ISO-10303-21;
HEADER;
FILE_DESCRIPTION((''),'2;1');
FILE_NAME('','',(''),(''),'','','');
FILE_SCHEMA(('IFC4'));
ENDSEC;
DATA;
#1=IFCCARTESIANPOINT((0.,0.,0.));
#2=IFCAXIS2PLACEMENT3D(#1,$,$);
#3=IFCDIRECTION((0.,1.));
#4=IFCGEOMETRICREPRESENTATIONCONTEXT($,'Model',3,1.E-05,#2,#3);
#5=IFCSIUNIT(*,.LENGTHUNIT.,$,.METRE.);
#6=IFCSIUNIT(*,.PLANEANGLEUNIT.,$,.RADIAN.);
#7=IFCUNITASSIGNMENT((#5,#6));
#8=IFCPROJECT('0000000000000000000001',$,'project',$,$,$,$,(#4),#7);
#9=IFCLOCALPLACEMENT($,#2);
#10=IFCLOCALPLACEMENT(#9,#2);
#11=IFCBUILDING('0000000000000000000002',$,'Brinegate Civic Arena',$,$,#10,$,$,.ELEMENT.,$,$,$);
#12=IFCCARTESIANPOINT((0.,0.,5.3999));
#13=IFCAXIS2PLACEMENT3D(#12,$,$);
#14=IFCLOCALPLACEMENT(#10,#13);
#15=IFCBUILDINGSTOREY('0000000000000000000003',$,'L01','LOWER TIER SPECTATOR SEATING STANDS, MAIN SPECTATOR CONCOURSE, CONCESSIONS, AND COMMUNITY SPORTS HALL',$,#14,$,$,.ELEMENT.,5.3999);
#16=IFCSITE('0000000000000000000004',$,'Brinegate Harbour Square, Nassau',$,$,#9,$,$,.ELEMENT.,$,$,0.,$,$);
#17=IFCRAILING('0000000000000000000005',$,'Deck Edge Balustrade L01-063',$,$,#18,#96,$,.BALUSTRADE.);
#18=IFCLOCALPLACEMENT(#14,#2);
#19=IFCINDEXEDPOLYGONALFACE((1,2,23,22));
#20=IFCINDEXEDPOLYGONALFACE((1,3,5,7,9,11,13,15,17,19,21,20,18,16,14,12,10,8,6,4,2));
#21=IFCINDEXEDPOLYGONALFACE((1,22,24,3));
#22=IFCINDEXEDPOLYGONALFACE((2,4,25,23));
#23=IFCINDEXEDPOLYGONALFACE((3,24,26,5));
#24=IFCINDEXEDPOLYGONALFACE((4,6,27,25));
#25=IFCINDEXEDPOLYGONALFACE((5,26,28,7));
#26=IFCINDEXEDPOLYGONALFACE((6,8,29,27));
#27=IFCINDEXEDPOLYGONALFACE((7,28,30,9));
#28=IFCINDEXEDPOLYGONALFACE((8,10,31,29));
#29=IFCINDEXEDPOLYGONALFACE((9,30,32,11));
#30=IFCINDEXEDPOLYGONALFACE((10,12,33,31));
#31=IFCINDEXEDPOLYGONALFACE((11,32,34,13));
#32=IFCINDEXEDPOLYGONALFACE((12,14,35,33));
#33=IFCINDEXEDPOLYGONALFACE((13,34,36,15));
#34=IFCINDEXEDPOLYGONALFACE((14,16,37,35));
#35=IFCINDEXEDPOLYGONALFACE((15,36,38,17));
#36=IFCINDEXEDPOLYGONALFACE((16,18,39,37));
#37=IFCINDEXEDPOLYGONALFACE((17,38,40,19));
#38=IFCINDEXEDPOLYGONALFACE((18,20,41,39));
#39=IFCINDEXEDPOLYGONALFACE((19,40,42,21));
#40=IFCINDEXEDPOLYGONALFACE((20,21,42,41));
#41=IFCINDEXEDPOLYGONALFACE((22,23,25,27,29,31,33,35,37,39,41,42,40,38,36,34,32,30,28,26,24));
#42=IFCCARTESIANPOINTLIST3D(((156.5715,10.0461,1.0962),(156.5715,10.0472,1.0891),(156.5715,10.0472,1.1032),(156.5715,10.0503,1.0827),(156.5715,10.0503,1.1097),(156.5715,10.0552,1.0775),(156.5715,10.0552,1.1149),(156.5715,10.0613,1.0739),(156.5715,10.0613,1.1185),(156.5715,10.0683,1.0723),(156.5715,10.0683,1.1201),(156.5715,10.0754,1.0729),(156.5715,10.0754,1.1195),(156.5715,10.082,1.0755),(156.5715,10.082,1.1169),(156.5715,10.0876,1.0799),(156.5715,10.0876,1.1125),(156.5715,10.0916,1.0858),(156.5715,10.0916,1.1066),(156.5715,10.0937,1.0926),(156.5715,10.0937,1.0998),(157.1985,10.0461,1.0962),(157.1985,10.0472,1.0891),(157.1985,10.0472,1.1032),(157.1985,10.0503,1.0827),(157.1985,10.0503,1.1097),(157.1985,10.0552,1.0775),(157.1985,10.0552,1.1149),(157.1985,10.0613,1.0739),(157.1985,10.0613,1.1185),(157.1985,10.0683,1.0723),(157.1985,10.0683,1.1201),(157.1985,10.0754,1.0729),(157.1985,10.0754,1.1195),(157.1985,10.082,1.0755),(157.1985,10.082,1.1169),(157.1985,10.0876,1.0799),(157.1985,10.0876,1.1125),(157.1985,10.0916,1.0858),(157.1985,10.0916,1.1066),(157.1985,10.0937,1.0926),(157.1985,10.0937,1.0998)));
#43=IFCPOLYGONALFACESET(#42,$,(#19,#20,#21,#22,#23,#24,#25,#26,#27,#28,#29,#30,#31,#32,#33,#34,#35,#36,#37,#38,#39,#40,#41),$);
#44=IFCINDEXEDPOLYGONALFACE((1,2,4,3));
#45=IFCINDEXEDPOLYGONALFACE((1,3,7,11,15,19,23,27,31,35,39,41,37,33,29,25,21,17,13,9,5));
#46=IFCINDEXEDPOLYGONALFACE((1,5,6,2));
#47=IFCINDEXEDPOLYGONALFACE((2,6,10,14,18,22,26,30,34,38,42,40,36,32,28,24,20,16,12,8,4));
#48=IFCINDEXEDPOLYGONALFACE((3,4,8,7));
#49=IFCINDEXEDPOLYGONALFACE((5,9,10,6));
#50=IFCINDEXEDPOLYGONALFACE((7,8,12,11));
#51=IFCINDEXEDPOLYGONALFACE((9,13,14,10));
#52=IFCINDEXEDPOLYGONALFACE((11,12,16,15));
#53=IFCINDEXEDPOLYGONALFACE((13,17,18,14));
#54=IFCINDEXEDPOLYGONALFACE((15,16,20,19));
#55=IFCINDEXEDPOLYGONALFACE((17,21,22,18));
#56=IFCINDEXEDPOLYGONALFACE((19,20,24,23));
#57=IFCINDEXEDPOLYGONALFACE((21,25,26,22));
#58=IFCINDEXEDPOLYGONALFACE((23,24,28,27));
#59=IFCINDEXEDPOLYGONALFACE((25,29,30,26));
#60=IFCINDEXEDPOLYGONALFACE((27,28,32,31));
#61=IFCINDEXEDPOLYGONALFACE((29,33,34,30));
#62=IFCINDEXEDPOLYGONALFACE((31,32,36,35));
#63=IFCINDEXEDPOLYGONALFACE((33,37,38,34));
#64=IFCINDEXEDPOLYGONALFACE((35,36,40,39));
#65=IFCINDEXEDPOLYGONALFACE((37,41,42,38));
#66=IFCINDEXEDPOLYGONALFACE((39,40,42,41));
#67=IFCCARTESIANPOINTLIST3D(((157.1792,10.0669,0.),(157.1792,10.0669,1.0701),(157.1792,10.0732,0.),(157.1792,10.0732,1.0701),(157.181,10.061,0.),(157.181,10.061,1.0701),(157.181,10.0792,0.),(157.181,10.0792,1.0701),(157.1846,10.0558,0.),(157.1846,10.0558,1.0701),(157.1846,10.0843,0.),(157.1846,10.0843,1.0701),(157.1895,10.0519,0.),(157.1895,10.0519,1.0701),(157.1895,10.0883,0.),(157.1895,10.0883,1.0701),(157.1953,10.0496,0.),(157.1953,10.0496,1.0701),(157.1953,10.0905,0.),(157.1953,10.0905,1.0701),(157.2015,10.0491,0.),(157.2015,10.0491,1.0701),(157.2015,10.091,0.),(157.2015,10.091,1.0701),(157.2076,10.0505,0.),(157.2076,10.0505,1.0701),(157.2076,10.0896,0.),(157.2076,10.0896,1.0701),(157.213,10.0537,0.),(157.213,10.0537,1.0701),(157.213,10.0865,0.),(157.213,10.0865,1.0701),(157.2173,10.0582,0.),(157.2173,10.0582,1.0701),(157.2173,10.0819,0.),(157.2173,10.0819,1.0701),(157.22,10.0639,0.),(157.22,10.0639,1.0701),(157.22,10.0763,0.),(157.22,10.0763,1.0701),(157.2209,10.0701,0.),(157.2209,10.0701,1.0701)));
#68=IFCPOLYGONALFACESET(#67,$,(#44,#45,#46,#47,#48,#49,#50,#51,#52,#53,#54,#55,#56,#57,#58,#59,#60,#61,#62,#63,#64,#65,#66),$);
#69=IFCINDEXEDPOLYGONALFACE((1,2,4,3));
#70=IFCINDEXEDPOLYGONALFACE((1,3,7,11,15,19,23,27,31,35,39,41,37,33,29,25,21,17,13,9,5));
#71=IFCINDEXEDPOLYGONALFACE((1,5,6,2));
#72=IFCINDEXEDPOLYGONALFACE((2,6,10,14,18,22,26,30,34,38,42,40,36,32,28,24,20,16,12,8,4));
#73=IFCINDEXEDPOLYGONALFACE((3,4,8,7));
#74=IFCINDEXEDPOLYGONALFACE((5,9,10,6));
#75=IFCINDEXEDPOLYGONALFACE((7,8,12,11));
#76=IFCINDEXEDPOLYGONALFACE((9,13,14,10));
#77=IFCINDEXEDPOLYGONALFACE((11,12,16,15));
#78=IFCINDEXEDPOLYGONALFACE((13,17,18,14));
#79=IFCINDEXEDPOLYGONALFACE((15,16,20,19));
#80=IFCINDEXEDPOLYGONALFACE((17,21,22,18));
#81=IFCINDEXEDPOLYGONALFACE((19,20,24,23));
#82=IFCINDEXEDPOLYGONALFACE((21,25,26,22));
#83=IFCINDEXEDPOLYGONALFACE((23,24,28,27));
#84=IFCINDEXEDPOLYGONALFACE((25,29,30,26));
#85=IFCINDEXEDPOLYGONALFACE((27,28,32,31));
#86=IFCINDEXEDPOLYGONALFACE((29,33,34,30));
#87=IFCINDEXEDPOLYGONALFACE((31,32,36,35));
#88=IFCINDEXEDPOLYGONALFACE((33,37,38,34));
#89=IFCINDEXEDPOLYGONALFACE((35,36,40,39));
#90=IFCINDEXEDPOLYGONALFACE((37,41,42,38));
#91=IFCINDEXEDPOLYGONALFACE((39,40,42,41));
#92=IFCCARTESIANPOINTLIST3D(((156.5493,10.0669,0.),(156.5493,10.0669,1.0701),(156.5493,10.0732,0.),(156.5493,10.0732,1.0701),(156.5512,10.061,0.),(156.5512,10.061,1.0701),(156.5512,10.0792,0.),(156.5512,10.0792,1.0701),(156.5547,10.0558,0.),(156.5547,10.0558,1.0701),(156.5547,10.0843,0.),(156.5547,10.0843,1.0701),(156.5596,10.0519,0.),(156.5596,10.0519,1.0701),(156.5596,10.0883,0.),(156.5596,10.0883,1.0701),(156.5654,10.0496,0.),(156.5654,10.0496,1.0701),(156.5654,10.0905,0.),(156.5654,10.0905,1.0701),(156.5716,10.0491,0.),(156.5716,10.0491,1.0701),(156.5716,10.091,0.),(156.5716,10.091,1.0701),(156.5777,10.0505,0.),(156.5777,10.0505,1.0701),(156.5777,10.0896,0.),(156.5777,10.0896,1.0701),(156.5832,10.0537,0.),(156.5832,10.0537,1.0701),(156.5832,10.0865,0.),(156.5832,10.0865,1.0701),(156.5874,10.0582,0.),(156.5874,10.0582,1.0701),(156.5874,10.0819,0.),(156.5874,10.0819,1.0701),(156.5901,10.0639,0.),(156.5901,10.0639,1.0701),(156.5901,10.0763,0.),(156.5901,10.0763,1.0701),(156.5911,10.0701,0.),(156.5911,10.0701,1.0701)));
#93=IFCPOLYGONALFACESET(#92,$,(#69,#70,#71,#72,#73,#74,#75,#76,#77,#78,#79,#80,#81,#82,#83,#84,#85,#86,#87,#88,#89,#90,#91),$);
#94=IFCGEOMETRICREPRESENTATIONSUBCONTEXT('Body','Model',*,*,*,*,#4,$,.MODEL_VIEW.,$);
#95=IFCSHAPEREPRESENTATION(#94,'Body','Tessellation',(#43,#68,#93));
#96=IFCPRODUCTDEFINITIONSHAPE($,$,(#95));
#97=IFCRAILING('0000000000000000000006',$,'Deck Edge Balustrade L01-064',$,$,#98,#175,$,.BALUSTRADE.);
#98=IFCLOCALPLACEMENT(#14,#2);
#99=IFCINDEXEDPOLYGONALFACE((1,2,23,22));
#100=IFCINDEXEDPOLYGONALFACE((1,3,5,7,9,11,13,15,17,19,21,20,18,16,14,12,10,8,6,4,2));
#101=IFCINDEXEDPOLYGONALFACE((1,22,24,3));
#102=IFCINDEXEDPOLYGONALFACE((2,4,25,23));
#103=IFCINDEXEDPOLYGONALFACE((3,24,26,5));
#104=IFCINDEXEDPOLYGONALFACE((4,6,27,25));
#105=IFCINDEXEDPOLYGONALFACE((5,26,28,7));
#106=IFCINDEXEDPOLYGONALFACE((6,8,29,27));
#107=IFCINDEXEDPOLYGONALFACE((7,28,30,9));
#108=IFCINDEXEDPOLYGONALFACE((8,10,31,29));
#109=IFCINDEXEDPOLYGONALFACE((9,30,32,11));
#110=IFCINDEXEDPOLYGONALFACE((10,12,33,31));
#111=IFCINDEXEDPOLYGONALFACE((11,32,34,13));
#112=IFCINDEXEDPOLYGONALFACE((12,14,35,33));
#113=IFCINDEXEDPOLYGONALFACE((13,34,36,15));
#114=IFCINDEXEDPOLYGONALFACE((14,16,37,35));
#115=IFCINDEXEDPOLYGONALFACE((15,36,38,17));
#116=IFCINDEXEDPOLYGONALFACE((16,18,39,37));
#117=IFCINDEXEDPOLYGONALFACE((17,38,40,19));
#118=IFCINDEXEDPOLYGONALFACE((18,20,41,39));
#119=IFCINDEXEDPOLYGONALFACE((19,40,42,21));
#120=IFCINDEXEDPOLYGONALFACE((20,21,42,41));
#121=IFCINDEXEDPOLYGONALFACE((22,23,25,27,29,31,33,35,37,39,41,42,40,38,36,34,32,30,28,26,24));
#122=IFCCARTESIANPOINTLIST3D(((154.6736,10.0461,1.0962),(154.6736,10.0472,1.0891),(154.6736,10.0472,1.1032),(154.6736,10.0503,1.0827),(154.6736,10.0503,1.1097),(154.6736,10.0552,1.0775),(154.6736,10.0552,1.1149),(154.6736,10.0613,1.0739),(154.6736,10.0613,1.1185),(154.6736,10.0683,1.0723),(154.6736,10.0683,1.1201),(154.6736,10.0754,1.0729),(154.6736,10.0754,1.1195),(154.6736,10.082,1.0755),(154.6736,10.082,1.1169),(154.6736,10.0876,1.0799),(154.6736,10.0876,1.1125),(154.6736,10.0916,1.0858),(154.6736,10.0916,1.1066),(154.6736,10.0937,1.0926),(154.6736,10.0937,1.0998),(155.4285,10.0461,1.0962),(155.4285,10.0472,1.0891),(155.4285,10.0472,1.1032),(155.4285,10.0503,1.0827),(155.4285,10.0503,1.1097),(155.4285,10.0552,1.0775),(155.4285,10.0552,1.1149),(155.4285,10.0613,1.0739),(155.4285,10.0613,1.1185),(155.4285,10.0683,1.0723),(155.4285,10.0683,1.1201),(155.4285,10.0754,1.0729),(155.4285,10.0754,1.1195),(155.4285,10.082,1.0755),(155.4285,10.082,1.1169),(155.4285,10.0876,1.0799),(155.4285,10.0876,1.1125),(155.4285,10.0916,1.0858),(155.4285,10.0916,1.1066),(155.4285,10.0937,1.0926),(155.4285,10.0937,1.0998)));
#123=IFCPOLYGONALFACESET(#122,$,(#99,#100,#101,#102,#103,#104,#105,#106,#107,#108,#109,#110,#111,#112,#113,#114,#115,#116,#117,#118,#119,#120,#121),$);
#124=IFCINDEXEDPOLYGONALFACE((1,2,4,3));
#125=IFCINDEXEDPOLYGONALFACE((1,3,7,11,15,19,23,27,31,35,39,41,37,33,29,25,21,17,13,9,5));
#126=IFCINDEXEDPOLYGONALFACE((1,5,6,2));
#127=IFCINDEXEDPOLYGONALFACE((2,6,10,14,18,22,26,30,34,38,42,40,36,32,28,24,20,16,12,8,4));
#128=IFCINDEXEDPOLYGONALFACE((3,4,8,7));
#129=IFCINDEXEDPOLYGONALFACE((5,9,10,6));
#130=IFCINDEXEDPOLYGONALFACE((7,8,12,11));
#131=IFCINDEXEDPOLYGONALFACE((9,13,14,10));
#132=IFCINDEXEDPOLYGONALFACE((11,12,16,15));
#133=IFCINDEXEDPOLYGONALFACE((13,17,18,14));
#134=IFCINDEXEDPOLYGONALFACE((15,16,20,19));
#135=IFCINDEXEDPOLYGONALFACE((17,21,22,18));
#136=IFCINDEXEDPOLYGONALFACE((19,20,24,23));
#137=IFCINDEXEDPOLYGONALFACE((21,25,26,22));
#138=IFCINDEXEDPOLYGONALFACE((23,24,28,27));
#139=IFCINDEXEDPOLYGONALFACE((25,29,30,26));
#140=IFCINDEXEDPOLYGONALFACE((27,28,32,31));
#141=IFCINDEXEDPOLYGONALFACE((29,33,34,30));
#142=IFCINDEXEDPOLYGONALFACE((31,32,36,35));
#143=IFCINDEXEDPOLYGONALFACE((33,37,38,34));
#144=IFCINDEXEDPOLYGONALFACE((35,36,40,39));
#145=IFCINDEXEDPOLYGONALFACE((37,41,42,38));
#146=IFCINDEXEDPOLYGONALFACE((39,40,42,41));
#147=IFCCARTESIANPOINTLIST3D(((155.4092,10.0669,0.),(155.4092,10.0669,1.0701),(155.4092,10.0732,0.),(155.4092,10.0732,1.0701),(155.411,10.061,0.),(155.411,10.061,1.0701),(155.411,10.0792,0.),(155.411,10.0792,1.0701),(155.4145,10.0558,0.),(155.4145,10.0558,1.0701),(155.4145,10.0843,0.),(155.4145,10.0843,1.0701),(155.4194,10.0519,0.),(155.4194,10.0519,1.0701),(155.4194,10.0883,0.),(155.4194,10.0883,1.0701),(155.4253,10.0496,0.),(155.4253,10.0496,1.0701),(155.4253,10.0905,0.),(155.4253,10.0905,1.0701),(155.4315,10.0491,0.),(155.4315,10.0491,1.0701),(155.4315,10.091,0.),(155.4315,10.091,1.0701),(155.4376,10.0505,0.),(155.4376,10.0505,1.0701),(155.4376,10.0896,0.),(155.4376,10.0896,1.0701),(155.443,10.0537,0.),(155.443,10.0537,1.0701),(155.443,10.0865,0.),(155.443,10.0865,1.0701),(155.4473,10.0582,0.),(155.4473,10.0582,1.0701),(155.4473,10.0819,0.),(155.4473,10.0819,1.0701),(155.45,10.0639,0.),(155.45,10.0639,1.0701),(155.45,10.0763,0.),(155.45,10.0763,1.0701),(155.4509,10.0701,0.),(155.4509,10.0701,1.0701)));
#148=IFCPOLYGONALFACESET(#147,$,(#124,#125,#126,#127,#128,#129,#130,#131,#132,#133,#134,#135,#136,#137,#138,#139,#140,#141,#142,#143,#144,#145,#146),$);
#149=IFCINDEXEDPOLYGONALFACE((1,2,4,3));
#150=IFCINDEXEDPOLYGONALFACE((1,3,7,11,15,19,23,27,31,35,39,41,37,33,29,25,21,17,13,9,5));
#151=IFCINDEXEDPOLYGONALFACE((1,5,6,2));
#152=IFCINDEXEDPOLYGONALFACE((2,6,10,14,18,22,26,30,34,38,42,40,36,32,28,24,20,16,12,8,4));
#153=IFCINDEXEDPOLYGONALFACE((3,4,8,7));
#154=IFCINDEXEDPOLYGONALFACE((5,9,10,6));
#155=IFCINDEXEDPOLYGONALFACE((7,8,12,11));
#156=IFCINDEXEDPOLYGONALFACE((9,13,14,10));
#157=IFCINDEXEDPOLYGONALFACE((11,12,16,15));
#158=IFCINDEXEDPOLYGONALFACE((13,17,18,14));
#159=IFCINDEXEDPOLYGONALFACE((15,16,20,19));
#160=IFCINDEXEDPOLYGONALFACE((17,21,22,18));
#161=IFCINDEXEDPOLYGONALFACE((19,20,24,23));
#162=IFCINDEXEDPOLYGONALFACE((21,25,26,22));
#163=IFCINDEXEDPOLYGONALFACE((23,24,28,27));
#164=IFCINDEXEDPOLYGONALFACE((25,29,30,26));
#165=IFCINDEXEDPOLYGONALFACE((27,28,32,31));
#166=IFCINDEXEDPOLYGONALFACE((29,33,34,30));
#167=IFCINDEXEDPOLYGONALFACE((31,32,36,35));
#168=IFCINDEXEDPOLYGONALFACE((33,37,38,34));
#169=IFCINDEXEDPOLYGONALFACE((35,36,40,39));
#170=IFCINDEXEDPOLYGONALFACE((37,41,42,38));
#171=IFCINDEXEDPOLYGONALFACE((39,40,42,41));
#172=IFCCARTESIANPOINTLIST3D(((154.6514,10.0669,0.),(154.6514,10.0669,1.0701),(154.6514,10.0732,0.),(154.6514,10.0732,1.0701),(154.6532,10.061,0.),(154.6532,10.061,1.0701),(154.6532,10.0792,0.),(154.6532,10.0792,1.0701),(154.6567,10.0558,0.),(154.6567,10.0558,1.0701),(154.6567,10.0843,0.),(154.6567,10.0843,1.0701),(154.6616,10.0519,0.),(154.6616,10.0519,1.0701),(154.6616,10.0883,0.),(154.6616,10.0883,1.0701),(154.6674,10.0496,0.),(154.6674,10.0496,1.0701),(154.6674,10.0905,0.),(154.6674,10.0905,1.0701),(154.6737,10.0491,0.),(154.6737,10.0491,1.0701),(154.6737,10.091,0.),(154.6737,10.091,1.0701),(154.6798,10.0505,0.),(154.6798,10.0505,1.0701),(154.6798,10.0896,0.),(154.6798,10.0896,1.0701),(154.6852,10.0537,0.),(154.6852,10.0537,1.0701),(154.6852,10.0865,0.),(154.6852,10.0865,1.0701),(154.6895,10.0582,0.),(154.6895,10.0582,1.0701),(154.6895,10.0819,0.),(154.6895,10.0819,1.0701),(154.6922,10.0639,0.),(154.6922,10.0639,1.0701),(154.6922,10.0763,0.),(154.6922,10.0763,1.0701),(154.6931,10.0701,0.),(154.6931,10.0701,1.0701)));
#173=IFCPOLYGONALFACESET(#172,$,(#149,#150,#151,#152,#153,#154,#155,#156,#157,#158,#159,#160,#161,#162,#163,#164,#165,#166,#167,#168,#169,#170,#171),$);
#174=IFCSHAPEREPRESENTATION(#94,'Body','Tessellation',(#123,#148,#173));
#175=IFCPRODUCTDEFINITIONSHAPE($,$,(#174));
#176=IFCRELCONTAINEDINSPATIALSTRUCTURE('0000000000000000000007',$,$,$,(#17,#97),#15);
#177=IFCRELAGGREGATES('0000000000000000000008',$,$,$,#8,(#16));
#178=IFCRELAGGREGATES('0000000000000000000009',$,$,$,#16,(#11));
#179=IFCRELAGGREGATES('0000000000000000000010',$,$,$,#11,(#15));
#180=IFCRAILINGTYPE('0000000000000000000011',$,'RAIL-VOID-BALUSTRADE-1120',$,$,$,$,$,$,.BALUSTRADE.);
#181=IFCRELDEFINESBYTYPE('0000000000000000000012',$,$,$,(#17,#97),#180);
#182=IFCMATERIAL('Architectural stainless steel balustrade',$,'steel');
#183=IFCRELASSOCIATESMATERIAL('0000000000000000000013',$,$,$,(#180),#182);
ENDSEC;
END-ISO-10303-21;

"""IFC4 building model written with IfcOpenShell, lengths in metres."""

from ifc_helpers import new_model, si_unit, direction, frame, origin, origin_2d, place, context, subcontext, project, spatial, circle, extrude, material, type_object, element, save


model = new_model("IFC4")

# Units and contexts
model_context = context("Model", 3, precision=1e-05, world=origin(), true_north=direction((0.0, 1.0)))
body_context = subcontext(model_context, "Body", "Model", "MODEL_VIEW")
ifc_project = project(units=[si_unit("LENGTHUNIT", "METRE"), si_unit("PLANEANGLEUNIT", "RADIAN")], contexts=[model_context])

# Site, building, storey
site_placement = place(None, origin())
site = spatial("IfcSite", under=ifc_project, at=site_placement, Name="Brinegate Harbour Square, Nassau", CompositionType="ELEMENT", RefElevation=0.0)
building_placement = place(site_placement, origin())
building = spatial("IfcBuilding", under=site, at=building_placement, Name="Brinegate Civic Arena", CompositionType="ELEMENT")
storey_placement = place(building_placement, frame((0.0, 0.0, 5.3999)))
storey = spatial("IfcBuildingStorey", under=building, at=storey_placement, Name="L01", Description="LOWER TIER SPECTATOR SEATING STANDS, MAIN SPECTATOR CONCOURSE, CONCESSIONS, AND COMMUNITY SPORTS HALL", CompositionType="ELEMENT", Elevation=5.3999)

# Railings
ifc_material_1 = material(Name="Architectural stainless steel balustrade", Category="steel")
railing_type = type_object("IfcRailingType", Name="RAIL-VOID-BALUSTRADE-1120", PredefinedType="BALUSTRADE", material=ifc_material_1)
railing_1_placement = place(storey_placement, frame((157.2, 10.0701, 0.0)))
element("IfcRailing", 1, at=railing_1_placement, inside=storey, type_object=railing_type, Name="Deck Edge Balustrade L01-063", PredefinedType="BALUSTRADE", context=body_context, shape_type="SweptSolid", body=[
    extrude(circle(Radius=0.0239, at=origin_2d()), frame((-0.0015, 0.0, 1.0962), z_axis=(-1.0, 0.0, 0.0), x_axis=(0.0, -1.0, 0.0)), (0.0, 0.0, 1.0), 0.627),
    extrude(circle(Radius=0.021, at=origin_2d()), origin(), (0.0, 0.0, 1.0), 1.0701),
    extrude(circle(Radius=0.021, at=origin_2d()), frame((-0.6299, 0.0, 0.0)), (0.0, 0.0, 1.0), 1.0701),
])
railing_2_placement = place(storey_placement, frame((155.4299, 10.0701, 0.0)))
element("IfcRailing", 2, at=railing_2_placement, inside=storey, type_object=railing_type, Name="Deck Edge Balustrade L01-064", PredefinedType="BALUSTRADE", context=body_context, shape_type="SweptSolid", body=[
    extrude(circle(Radius=0.0239, at=origin_2d()), frame((-0.0015, 0.0, 1.0962), z_axis=(-1.0, 0.0, 0.0), x_axis=(0.0, -1.0, 0.0)), (0.0, 0.0, 1.0), 0.7549),
    extrude(circle(Radius=0.021, at=origin_2d()), origin(), (0.0, 0.0, 1.0), 1.0701),
    extrude(circle(Radius=0.021, at=origin_2d()), frame((-0.7578, 0.0, 0.0)), (0.0, 0.0, 1.0), 1.0701),
])

save(model, "model.ifc")
